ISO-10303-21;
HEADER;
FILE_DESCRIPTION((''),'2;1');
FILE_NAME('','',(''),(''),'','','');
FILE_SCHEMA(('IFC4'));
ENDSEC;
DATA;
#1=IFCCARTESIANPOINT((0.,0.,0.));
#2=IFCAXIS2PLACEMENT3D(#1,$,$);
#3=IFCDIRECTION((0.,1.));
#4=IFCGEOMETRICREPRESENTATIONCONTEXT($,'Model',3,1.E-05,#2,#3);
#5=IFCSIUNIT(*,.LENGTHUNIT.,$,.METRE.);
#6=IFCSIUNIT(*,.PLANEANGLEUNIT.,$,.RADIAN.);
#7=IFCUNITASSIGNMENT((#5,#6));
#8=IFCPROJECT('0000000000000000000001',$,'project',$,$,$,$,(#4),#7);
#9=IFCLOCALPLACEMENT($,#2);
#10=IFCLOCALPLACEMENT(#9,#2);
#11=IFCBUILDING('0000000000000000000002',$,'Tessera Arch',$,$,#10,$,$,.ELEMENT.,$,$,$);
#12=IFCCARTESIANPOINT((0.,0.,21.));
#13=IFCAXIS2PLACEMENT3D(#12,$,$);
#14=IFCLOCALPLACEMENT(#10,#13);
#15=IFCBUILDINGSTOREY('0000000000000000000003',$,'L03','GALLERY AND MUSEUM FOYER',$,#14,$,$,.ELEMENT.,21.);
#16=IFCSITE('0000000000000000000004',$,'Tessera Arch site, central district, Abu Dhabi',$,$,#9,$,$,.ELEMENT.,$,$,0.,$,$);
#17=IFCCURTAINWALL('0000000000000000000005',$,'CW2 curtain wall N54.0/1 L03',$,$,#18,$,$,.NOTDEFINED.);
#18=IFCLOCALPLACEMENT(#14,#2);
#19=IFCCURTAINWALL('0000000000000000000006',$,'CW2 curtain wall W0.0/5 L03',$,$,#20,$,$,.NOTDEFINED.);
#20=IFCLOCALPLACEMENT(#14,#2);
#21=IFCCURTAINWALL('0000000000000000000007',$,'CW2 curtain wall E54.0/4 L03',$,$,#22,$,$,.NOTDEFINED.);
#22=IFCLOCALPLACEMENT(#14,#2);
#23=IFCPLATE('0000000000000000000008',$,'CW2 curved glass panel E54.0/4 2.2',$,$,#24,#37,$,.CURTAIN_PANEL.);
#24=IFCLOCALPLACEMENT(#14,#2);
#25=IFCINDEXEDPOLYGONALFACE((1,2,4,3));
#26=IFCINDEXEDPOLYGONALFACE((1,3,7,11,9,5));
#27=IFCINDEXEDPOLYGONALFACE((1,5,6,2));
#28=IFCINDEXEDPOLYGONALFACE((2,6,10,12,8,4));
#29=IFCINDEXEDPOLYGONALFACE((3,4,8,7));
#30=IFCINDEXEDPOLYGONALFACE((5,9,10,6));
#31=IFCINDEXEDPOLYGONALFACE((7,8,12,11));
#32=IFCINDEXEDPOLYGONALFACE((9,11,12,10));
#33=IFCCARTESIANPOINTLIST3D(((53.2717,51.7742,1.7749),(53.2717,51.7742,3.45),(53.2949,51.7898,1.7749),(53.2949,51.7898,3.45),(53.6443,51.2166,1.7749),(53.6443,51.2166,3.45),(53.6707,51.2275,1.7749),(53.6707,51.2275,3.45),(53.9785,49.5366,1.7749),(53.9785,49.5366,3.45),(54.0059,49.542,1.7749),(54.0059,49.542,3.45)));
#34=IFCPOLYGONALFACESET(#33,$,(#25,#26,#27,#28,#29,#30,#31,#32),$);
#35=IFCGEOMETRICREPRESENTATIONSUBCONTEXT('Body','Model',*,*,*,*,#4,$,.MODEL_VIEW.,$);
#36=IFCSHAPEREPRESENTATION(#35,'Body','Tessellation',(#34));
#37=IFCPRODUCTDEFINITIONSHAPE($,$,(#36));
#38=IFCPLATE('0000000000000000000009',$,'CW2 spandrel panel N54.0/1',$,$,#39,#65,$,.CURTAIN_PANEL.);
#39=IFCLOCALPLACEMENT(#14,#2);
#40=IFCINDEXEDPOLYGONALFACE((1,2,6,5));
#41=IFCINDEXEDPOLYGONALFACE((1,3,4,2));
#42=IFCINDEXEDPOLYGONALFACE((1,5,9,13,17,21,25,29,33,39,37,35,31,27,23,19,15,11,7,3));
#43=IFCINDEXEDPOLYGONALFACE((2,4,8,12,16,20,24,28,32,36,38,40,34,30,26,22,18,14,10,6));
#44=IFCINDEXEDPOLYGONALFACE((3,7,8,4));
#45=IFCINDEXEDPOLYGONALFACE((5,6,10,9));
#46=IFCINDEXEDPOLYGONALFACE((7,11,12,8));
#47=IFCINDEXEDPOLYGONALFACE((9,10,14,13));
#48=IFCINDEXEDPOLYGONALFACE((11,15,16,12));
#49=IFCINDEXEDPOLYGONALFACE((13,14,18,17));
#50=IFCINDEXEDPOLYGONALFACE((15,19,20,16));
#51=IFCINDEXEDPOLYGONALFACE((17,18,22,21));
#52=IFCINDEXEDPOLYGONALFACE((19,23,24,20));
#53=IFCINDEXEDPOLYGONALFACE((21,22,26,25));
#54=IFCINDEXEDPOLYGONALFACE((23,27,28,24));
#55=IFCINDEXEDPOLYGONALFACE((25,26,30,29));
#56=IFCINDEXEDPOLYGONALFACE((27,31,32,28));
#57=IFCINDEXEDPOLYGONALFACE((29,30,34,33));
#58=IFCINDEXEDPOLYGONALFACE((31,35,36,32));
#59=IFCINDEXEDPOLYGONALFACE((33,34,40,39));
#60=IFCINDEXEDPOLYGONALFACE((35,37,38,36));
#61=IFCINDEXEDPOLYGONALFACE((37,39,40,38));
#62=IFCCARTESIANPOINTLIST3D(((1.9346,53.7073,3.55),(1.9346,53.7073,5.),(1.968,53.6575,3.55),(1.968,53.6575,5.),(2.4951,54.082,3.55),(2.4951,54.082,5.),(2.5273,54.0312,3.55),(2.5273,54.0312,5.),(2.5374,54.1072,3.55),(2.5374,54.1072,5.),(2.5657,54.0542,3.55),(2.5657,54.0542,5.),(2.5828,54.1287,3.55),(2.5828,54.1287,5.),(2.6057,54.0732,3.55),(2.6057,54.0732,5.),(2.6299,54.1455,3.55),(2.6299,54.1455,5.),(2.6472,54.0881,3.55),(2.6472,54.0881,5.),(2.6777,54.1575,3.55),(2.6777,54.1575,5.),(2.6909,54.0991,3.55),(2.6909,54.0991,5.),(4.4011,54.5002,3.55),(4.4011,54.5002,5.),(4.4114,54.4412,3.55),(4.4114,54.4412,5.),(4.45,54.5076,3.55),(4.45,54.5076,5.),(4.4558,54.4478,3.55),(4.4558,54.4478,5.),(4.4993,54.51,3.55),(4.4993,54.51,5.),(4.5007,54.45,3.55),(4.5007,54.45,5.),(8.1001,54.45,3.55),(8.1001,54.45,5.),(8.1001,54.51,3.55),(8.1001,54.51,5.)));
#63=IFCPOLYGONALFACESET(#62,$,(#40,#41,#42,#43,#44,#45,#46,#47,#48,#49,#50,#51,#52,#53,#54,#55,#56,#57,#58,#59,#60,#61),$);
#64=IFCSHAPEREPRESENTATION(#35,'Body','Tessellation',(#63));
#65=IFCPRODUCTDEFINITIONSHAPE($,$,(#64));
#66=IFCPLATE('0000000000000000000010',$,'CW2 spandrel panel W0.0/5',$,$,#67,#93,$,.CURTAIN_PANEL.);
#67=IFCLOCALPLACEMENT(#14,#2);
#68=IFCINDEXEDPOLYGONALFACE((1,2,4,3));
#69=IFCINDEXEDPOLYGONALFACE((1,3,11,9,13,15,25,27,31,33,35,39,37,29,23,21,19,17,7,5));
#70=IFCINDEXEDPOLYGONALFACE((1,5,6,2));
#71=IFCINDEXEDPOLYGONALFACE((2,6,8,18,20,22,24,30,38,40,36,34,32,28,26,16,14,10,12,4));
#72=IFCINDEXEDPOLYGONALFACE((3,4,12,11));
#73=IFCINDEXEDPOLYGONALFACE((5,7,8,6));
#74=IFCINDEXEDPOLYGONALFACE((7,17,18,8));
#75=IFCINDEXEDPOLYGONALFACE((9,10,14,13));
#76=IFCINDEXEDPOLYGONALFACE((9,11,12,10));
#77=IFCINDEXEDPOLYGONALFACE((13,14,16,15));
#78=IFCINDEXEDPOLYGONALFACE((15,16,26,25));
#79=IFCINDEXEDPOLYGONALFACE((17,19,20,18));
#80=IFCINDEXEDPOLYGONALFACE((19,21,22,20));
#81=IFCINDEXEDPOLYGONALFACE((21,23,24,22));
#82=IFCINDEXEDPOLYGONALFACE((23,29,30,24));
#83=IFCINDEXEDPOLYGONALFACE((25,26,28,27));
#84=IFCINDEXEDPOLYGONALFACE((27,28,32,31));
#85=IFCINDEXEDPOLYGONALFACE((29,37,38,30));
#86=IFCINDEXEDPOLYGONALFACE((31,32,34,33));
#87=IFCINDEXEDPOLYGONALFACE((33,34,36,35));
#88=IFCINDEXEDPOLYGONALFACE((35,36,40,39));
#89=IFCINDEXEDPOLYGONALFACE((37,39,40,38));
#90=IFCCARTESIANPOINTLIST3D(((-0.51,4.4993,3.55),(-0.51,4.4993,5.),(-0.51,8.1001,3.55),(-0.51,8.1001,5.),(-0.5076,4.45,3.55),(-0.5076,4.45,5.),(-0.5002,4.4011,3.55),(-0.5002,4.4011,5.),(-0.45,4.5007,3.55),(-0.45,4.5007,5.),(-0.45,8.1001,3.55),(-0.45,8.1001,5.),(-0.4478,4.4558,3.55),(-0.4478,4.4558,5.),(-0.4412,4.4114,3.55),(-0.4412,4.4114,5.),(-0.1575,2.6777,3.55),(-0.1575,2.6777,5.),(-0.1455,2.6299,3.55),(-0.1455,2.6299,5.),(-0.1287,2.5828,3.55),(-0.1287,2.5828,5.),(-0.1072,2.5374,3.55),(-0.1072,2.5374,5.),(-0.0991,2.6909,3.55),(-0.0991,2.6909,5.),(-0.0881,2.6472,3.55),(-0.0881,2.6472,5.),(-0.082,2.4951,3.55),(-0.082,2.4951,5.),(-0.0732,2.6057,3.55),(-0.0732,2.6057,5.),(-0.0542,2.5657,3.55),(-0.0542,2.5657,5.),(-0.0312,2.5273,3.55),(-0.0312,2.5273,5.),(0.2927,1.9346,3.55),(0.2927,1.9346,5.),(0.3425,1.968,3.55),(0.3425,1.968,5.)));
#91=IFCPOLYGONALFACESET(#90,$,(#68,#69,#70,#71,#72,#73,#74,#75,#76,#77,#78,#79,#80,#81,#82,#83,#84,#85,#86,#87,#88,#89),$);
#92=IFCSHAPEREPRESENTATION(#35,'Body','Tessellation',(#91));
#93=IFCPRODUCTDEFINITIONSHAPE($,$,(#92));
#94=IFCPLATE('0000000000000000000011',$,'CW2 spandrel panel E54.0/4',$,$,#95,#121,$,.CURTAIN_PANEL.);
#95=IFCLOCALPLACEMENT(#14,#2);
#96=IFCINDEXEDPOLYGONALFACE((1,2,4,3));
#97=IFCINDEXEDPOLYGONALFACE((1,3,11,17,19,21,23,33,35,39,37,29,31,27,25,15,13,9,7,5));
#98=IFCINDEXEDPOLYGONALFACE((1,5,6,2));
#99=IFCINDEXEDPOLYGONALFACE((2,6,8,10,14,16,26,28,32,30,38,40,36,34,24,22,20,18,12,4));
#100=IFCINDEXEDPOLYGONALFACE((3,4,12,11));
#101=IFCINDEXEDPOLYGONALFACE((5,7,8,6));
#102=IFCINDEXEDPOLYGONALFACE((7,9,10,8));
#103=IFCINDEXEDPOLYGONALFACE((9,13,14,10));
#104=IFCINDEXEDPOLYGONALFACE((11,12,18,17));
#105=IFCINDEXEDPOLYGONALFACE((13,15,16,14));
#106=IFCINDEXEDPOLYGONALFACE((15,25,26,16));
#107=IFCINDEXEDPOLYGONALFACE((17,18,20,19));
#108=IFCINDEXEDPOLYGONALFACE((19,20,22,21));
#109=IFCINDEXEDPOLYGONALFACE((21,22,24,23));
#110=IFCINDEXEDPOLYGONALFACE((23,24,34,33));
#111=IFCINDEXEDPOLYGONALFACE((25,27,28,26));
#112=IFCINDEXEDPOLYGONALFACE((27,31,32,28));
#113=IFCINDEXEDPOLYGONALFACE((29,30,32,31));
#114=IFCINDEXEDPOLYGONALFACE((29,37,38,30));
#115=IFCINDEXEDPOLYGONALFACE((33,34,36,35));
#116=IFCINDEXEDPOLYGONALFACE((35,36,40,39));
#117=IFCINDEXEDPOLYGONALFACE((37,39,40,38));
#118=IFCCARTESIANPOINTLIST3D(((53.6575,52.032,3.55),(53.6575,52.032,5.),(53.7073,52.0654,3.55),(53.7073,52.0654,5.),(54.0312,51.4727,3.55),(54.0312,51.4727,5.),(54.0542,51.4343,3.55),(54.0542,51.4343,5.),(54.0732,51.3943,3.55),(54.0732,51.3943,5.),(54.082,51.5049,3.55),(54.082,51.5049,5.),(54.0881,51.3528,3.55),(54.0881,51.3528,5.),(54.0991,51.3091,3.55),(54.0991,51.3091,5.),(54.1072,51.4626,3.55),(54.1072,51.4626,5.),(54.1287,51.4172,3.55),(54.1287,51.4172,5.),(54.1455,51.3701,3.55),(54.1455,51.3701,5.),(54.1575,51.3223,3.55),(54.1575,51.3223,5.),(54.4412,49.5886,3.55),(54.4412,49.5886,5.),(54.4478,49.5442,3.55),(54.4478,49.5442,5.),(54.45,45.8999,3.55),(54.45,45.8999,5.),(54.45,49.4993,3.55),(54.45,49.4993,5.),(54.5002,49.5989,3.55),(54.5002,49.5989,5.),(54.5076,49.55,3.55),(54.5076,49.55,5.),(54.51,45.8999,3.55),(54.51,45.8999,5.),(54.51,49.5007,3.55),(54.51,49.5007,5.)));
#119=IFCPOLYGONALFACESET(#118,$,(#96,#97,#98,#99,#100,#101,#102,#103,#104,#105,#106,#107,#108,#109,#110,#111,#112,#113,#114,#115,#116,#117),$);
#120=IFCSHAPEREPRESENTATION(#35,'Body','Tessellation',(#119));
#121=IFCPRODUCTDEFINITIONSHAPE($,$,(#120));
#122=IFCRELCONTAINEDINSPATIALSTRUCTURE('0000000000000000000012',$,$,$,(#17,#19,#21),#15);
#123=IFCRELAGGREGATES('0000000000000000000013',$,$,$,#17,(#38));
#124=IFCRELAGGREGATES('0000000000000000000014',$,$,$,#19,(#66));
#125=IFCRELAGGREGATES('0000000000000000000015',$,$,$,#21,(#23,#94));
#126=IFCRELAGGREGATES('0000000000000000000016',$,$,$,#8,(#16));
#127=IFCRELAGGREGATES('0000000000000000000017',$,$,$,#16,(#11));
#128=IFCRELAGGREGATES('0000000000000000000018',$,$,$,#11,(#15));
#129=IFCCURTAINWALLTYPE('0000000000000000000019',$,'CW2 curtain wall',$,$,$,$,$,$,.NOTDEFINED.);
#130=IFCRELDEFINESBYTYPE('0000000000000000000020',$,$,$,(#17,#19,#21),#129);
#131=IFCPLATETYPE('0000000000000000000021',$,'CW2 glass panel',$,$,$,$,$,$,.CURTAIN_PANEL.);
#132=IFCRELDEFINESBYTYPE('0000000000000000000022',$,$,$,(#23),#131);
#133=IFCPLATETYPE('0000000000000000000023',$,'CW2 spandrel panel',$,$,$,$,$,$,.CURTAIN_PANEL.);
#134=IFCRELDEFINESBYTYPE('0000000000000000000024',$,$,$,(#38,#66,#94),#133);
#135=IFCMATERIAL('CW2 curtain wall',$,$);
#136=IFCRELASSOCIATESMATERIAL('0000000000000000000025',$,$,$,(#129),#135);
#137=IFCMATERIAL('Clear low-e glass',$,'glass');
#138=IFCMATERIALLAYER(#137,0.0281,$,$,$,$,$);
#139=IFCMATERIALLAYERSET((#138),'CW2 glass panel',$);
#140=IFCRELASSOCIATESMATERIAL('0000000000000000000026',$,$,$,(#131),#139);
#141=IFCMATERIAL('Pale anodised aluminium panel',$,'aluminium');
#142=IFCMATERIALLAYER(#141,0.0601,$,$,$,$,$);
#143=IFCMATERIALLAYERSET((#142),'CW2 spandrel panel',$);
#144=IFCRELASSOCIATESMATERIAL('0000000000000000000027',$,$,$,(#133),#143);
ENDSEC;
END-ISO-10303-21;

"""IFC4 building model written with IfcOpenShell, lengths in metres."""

from ifc_helpers import new_model, si_unit, direction, frame, origin, place, context, subcontext, project, spatial, polyline, outline, extrude, material, layer, layer_set, type_object, element, aggregate, save


model = new_model("IFC4")

# Units and contexts
model_context = context("Model", 3, precision=1e-05, world=origin(), true_north=direction((0.0, 1.0)))
body_context = subcontext(model_context, "Body", "Model", "MODEL_VIEW")
ifc_project = project(units=[si_unit("LENGTHUNIT", "METRE"), si_unit("PLANEANGLEUNIT", "RADIAN")], contexts=[model_context])

# Site, building, storey
site_placement = place(None, origin())
site = spatial("IfcSite", under=ifc_project, at=site_placement, Name="Tessera Arch site, central district, Abu Dhabi", CompositionType="ELEMENT", RefElevation=0.0)
building_placement = place(site_placement, origin())
building = spatial("IfcBuilding", under=site, at=building_placement, Name="Tessera Arch", CompositionType="ELEMENT")
storey_placement = place(building_placement, frame((0.0, 0.0, 21.0)))
storey = spatial("IfcBuildingStorey", under=building, at=storey_placement, Name="L03", Description="GALLERY AND MUSEUM FOYER", CompositionType="ELEMENT", Elevation=21.0)

# Curtain walls
ifc_material_1 = material(Name="CW2 curtain wall")
curtain_wall_type = type_object("IfcCurtainWallType", Name="CW2 curtain wall", PredefinedType="NOTDEFINED", material=ifc_material_1)
curtain_wall_1_placement = place(storey_placement, origin())
curtain_wall_1 = element("IfcCurtainWall", 1, at=curtain_wall_1_placement, inside=storey, type_object=curtain_wall_type, Name="CW2 curtain wall N54.0/1 L03", PredefinedType="NOTDEFINED")
curtain_wall_2_placement = place(storey_placement, origin())
curtain_wall_2 = element("IfcCurtainWall", 2, at=curtain_wall_2_placement, inside=storey, type_object=curtain_wall_type, Name="CW2 curtain wall W0.0/5 L03", PredefinedType="NOTDEFINED")
curtain_wall_3_placement = place(storey_placement, origin())
curtain_wall_3 = element("IfcCurtainWall", 3, at=curtain_wall_3_placement, inside=storey, type_object=curtain_wall_type, Name="CW2 curtain wall E54.0/4 L03", PredefinedType="NOTDEFINED")

# Plates
ifc_material_2 = material(Name="Clear low-e glass", Category="glass")
ifc_layer_1 = layer(ifc_material_2, 0.0281)
ifc_layer_set_1 = layer_set([ifc_layer_1], Name="CW2 glass panel")
plate_type_1 = type_object("IfcPlateType", Name="CW2 glass panel", PredefinedType="CURTAIN_PANEL", material=ifc_layer_set_1)
plate_1_placement = place(storey_placement, frame((0.0, 0.0, 1.7749)))
plate_1 = element("IfcPlate", 4, at=plate_1_placement, type_object=plate_type_1, Name="CW2 curved glass panel E54.0/4 2.2", PredefinedType="CURTAIN_PANEL", context=body_context, shape_type="SweptSolid", body=[
    extrude(outline(polyline([(53.6443, 51.2166), (53.9785, 49.5366), (54.0059, 49.542), (53.6707, 51.2275), (53.2949, 51.7898), (53.2717, 51.7742), (53.6443, 51.2166)])), origin(), (0.0, 0.0, 1.0), 1.675),
])
ifc_material_3 = material(Name="Pale anodised aluminium panel", Category="aluminium")
ifc_layer_2 = layer(ifc_material_3, 0.0601)
ifc_layer_set_2 = layer_set([ifc_layer_2], Name="CW2 spandrel panel")
plate_type_2 = type_object("IfcPlateType", Name="CW2 spandrel panel", PredefinedType="CURTAIN_PANEL", material=ifc_layer_set_2)
plate_2_placement = place(storey_placement, frame((0.0, 0.0, 3.55)))
plate_2 = element("IfcPlate", 5, at=plate_2_placement, type_object=plate_type_2, Name="CW2 spandrel panel N54.0/1", PredefinedType="CURTAIN_PANEL", context=body_context, shape_type="SweptSolid", body=[
    extrude(outline(polyline([(4.5007, 54.45), (8.1001, 54.45), (8.1001, 54.51), (4.4993, 54.51), (4.45, 54.5076), (4.4011, 54.5002), (2.6777, 54.1575), (2.6299, 54.1455), (2.5828, 54.1287), (2.5374, 54.1072), (2.4951, 54.082), (1.9346, 53.7073), (1.968, 53.6575), (2.5273, 54.0312), (2.5657, 54.0542), (2.6057, 54.0732), (2.6472, 54.0881), (2.6909, 54.0991), (4.4114, 54.4412), (4.4558, 54.4478), (4.5007, 54.45)])), origin(), (0.0, 0.0, 1.0), 1.45),
])
aggregate(curtain_wall_1, [plate_2])
plate_3_placement = place(storey_placement, frame((0.0, 0.0, 3.55)))
plate_3 = element("IfcPlate", 6, at=plate_3_placement, type_object=plate_type_2, Name="CW2 spandrel panel W0.0/5", PredefinedType="CURTAIN_PANEL", context=body_context, shape_type="SweptSolid", body=[
    extrude(outline(polyline([(-0.45, 4.5007), (-0.45, 8.1001), (-0.51, 8.1001), (-0.51, 4.4993), (-0.5076, 4.45), (-0.5002, 4.4011), (-0.1575, 2.6777), (-0.1455, 2.6299), (-0.1287, 2.5828), (-0.1072, 2.5374), (-0.082, 2.4951), (0.2927, 1.9346), (0.3425, 1.968), (-0.0312, 2.5273), (-0.0542, 2.5657), (-0.0732, 2.6057), (-0.0881, 2.6472), (-0.0991, 2.6909), (-0.4412, 4.4114), (-0.4478, 4.4558), (-0.45, 4.5007)])), origin(), (0.0, 0.0, 1.0), 1.45),
])
aggregate(curtain_wall_2, [plate_3])
plate_4_placement = place(storey_placement, frame((0.0, 0.0, 3.55)))
plate_4 = element("IfcPlate", 7, at=plate_4_placement, type_object=plate_type_2, Name="CW2 spandrel panel E54.0/4", PredefinedType="CURTAIN_PANEL", context=body_context, shape_type="SweptSolid", body=[
    extrude(outline(polyline([(54.45, 49.4993), (54.45, 45.8999), (54.51, 45.8999), (54.51, 49.5007), (54.5076, 49.55), (54.5002, 49.5989), (54.1575, 51.3223), (54.1455, 51.3701), (54.1287, 51.4172), (54.1072, 51.4626), (54.082, 51.5049), (53.7073, 52.0654), (53.6575, 52.032), (54.0312, 51.4727), (54.0542, 51.4343), (54.0732, 51.3943), (54.0881, 51.3528), (54.0991, 51.3091), (54.4412, 49.5886), (54.4478, 49.5442), (54.45, 49.4993)])), origin(), (0.0, 0.0, 1.0), 1.45),
])
aggregate(curtain_wall_3, [plate_1, plate_4])

save(model, "model.ifc")
